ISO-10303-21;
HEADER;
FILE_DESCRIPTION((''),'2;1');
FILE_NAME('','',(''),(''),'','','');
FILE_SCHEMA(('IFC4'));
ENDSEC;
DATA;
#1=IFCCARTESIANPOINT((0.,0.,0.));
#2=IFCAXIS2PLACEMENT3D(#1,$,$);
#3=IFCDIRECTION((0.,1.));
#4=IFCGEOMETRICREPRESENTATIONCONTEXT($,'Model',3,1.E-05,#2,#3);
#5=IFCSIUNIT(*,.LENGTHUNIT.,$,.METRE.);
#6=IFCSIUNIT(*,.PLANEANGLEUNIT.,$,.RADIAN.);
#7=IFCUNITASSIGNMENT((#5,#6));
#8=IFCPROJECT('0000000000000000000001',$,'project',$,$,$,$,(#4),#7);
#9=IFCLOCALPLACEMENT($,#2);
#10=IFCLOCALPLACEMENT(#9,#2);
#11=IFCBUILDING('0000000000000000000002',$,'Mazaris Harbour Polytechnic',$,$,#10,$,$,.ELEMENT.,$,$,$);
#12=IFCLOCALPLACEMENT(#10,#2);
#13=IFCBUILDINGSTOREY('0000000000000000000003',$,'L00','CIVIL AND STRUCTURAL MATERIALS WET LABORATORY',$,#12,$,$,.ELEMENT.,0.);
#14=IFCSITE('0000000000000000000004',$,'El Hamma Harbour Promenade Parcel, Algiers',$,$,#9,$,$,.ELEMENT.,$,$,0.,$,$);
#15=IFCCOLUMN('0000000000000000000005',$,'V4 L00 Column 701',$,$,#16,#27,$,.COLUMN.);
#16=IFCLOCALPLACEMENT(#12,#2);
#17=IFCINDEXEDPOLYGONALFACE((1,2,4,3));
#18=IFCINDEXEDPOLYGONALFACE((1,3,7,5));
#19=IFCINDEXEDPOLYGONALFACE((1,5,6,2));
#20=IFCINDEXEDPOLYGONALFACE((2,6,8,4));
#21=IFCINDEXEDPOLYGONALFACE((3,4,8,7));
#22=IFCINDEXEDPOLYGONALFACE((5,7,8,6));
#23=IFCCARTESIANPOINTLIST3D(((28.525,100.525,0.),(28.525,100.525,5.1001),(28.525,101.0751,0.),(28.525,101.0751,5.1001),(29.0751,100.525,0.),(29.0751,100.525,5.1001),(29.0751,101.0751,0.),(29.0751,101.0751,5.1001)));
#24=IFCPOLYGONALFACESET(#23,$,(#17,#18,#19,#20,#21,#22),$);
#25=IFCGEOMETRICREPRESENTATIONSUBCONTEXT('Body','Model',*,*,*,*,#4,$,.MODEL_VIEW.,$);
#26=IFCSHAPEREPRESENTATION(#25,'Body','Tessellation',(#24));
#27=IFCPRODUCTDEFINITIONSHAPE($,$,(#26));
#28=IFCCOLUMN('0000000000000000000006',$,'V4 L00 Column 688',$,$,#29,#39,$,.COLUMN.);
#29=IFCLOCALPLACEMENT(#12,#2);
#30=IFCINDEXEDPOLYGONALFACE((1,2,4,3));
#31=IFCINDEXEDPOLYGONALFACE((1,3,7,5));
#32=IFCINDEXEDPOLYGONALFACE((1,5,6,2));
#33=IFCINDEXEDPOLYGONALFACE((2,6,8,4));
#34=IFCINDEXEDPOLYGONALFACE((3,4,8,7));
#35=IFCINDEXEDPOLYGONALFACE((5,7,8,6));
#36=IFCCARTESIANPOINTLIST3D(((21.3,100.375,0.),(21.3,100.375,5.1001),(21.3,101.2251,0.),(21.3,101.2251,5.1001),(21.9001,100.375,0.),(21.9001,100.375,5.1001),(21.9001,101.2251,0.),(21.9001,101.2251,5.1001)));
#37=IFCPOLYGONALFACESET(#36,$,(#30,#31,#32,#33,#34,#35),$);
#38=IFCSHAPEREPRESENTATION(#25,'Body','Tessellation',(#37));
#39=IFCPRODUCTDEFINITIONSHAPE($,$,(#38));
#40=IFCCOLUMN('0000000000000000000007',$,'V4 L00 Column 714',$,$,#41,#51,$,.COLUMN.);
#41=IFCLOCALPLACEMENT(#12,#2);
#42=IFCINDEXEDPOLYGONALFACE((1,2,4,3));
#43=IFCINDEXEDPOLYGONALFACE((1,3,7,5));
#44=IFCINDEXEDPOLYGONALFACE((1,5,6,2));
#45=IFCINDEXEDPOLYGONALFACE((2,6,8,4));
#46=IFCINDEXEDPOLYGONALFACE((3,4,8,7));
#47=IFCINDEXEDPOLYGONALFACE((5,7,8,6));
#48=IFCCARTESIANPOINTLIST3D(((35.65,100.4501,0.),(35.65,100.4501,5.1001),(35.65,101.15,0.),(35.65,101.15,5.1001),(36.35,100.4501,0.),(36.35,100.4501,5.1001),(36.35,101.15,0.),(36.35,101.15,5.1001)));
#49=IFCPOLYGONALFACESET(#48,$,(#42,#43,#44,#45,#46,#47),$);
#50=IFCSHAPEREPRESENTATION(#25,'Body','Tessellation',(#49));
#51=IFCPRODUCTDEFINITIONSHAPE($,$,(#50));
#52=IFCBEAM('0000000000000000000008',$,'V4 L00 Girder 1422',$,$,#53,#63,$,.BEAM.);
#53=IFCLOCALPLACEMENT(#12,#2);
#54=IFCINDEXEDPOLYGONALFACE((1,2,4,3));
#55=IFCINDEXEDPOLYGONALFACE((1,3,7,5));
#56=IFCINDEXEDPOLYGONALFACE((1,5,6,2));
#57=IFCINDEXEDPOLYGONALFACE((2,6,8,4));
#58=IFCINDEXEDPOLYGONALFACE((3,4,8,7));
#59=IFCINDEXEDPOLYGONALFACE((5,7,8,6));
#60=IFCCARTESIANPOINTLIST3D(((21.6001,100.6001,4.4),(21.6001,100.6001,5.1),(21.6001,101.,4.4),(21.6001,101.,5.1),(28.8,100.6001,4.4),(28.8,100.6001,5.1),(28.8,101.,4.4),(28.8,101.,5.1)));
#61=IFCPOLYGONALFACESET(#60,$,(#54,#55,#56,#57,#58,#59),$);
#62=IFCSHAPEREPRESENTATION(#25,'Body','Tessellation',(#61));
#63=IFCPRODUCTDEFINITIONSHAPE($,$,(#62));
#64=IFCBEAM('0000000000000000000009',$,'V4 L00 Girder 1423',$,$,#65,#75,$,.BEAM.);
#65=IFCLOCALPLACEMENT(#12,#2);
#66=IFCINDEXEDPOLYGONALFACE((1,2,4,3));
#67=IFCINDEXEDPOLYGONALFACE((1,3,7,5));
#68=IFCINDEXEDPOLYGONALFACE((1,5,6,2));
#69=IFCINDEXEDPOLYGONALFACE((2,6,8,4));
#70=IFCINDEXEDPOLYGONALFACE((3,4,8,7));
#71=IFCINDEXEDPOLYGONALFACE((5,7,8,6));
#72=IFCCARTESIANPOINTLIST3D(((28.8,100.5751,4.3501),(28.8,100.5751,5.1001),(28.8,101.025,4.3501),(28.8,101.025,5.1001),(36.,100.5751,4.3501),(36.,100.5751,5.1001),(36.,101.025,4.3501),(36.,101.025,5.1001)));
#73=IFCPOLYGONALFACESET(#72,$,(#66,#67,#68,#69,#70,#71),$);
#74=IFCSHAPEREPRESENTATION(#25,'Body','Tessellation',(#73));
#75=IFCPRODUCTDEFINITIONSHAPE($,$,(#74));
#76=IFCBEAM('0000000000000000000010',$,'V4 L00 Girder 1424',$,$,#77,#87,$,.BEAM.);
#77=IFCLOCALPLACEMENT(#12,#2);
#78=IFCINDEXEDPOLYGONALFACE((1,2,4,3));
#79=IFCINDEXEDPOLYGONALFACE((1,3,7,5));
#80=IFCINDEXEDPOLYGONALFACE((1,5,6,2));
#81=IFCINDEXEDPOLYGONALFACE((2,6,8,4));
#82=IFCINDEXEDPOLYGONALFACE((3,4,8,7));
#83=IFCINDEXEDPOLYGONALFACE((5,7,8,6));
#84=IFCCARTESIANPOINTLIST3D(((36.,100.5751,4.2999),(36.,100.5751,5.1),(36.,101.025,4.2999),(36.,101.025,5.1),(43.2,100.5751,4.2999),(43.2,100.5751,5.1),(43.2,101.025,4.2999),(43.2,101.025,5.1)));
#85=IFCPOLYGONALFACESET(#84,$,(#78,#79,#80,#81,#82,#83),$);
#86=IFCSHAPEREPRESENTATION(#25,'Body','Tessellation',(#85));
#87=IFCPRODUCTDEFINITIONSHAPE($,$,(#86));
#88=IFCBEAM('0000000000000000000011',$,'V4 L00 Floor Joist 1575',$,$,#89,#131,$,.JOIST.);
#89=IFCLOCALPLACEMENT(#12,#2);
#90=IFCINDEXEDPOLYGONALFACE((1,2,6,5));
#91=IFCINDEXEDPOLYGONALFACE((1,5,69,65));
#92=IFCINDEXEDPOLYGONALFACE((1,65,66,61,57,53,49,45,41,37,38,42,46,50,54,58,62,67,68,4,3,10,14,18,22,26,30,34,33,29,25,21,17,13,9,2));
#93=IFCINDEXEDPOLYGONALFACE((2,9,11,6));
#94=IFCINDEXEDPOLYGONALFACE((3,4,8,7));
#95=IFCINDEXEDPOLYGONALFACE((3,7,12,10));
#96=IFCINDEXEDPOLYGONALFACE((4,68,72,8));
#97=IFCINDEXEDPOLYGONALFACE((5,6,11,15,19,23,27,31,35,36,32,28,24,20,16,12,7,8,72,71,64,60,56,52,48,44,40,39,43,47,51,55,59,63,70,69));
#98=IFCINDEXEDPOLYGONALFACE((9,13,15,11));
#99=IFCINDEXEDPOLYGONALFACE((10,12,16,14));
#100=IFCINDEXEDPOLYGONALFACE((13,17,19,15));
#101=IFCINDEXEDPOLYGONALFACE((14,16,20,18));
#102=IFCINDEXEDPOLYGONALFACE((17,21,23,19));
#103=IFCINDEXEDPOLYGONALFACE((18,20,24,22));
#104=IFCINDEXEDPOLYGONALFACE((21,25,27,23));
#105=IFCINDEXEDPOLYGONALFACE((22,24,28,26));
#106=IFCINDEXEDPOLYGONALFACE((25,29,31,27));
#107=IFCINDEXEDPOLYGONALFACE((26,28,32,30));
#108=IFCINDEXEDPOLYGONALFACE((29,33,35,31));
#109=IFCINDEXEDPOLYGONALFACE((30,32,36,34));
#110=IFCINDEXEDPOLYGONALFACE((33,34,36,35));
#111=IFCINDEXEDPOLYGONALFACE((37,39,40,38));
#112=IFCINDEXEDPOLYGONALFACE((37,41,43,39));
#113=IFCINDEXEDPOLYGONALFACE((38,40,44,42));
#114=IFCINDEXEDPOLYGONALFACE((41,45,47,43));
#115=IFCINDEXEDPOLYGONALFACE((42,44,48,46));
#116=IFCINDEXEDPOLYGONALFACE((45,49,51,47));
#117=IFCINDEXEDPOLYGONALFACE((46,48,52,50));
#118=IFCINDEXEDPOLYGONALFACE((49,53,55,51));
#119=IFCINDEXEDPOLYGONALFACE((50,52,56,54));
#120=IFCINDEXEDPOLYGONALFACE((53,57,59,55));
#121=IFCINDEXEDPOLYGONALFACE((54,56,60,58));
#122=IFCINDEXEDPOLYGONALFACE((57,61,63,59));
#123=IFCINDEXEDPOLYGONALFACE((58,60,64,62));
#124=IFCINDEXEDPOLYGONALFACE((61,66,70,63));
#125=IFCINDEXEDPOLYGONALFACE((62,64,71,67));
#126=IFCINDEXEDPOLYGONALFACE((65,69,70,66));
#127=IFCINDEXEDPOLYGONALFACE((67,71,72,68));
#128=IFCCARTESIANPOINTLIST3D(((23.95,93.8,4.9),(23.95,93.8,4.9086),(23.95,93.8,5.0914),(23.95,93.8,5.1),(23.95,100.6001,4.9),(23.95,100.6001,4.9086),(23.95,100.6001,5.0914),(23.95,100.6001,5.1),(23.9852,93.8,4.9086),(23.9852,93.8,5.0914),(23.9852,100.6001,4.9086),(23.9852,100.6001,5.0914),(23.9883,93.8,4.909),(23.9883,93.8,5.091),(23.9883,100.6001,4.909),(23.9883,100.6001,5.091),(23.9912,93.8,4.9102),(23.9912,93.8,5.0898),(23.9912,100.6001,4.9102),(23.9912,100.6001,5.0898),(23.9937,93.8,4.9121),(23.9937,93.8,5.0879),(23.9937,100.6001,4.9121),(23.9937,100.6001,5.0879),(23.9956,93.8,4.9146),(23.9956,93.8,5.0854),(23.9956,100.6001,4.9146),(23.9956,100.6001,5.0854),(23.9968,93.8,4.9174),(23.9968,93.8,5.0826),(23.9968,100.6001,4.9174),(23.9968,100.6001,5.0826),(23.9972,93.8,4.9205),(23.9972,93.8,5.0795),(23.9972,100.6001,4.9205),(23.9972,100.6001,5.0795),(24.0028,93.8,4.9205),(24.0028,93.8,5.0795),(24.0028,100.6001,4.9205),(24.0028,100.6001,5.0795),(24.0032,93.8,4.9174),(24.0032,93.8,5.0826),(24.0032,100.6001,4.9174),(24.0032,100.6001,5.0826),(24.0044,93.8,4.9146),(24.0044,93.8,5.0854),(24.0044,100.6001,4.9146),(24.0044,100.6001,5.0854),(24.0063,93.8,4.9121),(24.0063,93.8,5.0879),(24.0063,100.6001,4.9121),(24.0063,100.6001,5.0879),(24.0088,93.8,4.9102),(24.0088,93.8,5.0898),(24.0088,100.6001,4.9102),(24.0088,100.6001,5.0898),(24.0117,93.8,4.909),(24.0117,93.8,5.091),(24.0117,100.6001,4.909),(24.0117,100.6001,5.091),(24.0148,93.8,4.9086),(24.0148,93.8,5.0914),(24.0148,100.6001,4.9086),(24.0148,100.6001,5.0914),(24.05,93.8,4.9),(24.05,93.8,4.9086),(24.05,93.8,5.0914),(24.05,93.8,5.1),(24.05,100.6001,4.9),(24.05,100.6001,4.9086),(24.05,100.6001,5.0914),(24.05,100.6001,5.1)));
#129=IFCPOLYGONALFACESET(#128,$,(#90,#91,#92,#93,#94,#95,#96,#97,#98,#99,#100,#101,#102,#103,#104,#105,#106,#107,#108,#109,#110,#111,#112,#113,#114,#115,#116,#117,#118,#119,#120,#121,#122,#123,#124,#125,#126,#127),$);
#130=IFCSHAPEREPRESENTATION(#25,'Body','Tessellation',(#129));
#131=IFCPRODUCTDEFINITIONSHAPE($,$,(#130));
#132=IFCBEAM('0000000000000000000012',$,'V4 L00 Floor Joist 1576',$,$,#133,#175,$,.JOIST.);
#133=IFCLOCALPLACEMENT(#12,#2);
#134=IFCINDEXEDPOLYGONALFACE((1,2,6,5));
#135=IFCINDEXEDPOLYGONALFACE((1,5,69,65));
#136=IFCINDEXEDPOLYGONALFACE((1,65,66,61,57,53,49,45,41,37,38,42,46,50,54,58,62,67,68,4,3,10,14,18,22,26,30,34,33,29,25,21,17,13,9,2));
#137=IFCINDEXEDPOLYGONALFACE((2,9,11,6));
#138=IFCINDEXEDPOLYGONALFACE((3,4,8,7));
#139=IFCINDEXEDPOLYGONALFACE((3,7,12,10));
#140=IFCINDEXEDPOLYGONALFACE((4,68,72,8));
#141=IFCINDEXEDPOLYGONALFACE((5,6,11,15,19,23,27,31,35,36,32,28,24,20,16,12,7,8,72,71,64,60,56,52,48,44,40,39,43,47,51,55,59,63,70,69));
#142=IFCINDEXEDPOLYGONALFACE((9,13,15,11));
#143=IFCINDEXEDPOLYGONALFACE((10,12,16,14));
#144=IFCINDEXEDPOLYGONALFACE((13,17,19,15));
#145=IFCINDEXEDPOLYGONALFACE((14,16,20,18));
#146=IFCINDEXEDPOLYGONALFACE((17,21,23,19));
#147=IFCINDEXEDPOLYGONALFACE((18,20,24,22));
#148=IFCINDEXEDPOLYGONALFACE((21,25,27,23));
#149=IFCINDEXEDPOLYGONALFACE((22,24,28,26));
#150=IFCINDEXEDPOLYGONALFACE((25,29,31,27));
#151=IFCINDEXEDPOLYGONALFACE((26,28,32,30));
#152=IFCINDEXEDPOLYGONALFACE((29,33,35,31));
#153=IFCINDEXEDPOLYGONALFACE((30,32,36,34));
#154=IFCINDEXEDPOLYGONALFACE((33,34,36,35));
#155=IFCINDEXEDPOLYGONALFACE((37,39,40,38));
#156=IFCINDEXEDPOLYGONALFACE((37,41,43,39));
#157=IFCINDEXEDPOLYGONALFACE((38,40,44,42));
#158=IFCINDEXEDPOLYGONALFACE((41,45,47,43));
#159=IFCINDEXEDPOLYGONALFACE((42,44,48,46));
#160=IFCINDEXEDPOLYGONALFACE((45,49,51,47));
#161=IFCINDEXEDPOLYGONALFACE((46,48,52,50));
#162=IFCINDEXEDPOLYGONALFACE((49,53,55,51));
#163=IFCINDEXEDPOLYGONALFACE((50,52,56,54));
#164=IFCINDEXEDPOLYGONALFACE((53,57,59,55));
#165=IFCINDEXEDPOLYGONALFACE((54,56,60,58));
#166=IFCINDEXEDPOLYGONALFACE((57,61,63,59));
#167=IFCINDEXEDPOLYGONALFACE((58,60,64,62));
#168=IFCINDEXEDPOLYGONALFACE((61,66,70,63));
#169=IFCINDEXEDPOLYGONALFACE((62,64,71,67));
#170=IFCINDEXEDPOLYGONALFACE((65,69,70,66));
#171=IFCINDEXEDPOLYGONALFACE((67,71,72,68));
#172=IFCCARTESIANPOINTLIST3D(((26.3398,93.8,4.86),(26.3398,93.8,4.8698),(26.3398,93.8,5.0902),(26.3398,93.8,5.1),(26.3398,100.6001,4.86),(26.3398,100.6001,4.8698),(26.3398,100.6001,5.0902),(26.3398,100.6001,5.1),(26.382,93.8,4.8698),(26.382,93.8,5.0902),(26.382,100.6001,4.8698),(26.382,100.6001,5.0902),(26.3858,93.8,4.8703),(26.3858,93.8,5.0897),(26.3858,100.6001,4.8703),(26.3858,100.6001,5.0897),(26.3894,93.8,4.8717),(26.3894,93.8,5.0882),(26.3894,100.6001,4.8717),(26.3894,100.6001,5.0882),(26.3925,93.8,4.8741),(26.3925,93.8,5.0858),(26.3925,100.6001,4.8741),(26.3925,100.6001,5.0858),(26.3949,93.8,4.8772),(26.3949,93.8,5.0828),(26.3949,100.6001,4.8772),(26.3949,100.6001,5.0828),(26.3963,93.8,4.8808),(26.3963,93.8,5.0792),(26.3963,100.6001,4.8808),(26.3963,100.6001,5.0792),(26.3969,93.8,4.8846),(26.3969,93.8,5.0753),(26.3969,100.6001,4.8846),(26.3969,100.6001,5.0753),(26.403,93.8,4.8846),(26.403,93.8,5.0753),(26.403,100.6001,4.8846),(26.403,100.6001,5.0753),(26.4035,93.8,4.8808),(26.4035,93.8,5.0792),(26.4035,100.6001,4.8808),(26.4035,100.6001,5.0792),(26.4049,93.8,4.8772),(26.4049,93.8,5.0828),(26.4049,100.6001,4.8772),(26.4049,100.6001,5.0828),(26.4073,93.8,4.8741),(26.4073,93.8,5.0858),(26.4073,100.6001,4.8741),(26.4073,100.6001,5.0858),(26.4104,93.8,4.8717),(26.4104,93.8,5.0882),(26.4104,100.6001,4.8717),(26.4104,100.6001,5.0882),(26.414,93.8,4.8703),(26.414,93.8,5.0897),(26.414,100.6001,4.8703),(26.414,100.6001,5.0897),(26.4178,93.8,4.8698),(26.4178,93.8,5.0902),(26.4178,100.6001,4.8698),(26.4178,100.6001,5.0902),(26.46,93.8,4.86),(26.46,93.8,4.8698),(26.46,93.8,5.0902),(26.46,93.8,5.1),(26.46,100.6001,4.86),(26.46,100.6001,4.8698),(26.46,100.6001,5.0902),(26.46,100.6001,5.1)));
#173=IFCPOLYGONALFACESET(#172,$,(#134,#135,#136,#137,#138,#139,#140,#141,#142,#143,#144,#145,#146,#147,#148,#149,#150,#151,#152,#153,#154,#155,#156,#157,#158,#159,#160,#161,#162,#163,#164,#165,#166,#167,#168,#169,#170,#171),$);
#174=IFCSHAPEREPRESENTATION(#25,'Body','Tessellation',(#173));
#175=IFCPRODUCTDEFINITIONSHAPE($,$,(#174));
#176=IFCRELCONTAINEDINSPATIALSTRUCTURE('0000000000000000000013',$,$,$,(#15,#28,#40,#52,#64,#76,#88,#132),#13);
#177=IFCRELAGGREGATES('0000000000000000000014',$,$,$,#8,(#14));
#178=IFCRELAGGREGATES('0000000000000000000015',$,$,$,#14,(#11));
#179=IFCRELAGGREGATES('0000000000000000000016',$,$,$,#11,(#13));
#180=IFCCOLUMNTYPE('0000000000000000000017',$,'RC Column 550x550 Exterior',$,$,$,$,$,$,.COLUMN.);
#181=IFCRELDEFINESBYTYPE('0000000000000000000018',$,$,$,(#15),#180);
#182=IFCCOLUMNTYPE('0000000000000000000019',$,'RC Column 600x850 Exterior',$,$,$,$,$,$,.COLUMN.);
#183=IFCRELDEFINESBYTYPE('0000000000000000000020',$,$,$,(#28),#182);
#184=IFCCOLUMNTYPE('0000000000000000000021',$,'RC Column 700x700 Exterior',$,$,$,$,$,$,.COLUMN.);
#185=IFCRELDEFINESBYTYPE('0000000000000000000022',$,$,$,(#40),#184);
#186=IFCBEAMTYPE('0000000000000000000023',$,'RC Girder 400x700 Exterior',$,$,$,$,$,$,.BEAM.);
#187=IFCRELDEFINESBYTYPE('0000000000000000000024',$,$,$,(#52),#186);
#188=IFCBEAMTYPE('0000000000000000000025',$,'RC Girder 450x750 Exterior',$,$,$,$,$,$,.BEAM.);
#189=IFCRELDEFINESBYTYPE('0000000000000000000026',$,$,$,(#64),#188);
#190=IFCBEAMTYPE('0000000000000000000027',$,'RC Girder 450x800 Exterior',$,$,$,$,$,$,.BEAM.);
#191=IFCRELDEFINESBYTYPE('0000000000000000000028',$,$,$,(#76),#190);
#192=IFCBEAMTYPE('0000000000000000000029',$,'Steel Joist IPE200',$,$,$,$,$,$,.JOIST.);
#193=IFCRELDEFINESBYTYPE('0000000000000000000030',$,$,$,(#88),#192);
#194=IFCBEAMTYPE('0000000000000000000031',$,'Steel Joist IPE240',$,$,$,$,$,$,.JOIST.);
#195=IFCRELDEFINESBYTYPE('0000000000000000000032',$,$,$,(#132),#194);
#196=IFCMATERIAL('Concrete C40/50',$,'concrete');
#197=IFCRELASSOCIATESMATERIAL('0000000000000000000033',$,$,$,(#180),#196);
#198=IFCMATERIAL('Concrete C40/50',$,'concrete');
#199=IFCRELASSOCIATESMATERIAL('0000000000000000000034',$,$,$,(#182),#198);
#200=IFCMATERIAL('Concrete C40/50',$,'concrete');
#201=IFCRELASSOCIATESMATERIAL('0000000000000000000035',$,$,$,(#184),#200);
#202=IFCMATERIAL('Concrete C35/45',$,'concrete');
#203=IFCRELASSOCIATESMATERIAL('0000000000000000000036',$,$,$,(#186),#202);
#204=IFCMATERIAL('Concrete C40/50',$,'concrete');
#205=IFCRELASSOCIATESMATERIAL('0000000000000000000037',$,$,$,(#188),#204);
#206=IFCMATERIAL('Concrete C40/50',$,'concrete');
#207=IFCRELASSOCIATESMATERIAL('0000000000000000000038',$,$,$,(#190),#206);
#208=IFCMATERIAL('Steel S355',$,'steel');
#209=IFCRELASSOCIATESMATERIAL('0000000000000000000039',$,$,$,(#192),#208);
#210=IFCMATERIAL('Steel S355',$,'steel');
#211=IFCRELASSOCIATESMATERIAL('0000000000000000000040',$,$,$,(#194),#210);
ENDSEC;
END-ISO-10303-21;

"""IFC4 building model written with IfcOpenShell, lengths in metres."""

from ifc_helpers import new_model, si_unit, direction, frame, origin, origin_2d, place, context, subcontext, project, spatial, rectangle, i_section, extrude, material, material_profile, profile_set, type_object, element, save


model = new_model("IFC4")

# Units and contexts
model_context = context("Model", 3, precision=1e-05, world=origin(), true_north=direction((0.0, 1.0)))
body_context = subcontext(model_context, "Body", "Model", "MODEL_VIEW")
ifc_project = project(units=[si_unit("LENGTHUNIT", "METRE"), si_unit("PLANEANGLEUNIT", "RADIAN")], contexts=[model_context])

# Site, building, storey
site_placement = place(None, origin())
site = spatial("IfcSite", under=ifc_project, at=site_placement, Name="El Hamma Harbour Promenade Parcel, Algiers", CompositionType="ELEMENT", RefElevation=0.0)
building_placement = place(site_placement, origin())
building = spatial("IfcBuilding", under=site, at=building_placement, Name="Mazaris Harbour Polytechnic", CompositionType="ELEMENT")
storey_placement = place(building_placement, origin())
storey = spatial("IfcBuildingStorey", under=building, at=storey_placement, Name="L00", Description="CIVIL AND STRUCTURAL MATERIALS WET LABORATORY", CompositionType="ELEMENT", Elevation=0.0)

# Columns
ifc_material_1 = material(Name="Concrete C40/50", Category="concrete")
ifc_material_profile_1 = material_profile(ifc_material_1, rectangle(XDim=0.55, YDim=0.55, at=origin_2d()), Name="RECT550x550")
ifc_profile_set_1 = profile_set([ifc_material_profile_1], Name="Concrete C40/50")
column_type_1 = type_object("IfcColumnType", Name="RC Column 550x550 Exterior", PredefinedType="COLUMN", material=ifc_profile_set_1)
column_1_placement = place(storey_placement, frame((28.8, 100.8, 0.0), z_axis=(0.0, 0.0, 1.0), x_axis=(1.0, 0.0, 0.0)))
element("IfcColumn", 1, at=column_1_placement, inside=storey, type_object=column_type_1, Name="V4 L00 Column 701", PredefinedType="COLUMN", context=body_context, shape_type="SweptSolid", body=[
    extrude(rectangle(XDim=0.55, YDim=0.55, at=origin_2d()), origin(), (0.0, 0.0, 1.0), 5.1001),
])
ifc_material_2 = material(Name="Concrete C40/50", Category="concrete")
ifc_material_profile_2 = material_profile(ifc_material_2, rectangle(XDim=0.6001, YDim=0.8501, at=origin_2d()), Name="RECT600x850")
ifc_profile_set_2 = profile_set([ifc_material_profile_2], Name="Concrete C40/50")
column_type_2 = type_object("IfcColumnType", Name="RC Column 600x850 Exterior", PredefinedType="COLUMN", material=ifc_profile_set_2)
column_2_placement = place(storey_placement, frame((21.6001, 100.8, 0.0), z_axis=(0.0, 0.0, 1.0), x_axis=(1.0, 0.0, 0.0)))
element("IfcColumn", 2, at=column_2_placement, inside=storey, type_object=column_type_2, Name="V4 L00 Column 688", PredefinedType="COLUMN", context=body_context, shape_type="SweptSolid", body=[
    extrude(rectangle(XDim=0.6001, YDim=0.8501, at=origin_2d()), origin(), (0.0, 0.0, 1.0), 5.1001),
])
ifc_material_3 = material(Name="Concrete C40/50", Category="concrete")
ifc_material_profile_3 = material_profile(ifc_material_3, rectangle(XDim=0.7, YDim=0.7, at=origin_2d()), Name="RECT700x700")
ifc_profile_set_3 = profile_set([ifc_material_profile_3], Name="Concrete C40/50")
column_type_3 = type_object("IfcColumnType", Name="RC Column 700x700 Exterior", PredefinedType="COLUMN", material=ifc_profile_set_3)
column_3_placement = place(storey_placement, frame((36.0, 100.8, 0.0), z_axis=(0.0, 0.0, 1.0), x_axis=(1.0, 0.0, 0.0)))
element("IfcColumn", 3, at=column_3_placement, inside=storey, type_object=column_type_3, Name="V4 L00 Column 714", PredefinedType="COLUMN", context=body_context, shape_type="SweptSolid", body=[
    extrude(rectangle(XDim=0.7, YDim=0.7, at=origin_2d()), origin(), (0.0, 0.0, 1.0), 5.1001),
])

# Beams
ifc_material_4 = material(Name="Concrete C35/45", Category="concrete")
ifc_material_profile_4 = material_profile(ifc_material_4, rectangle(XDim=0.3999, YDim=0.7, at=origin_2d()), Name="RECT400x700")
ifc_profile_set_4 = profile_set([ifc_material_profile_4], Name="Concrete C35/45")
beam_type_1 = type_object("IfcBeamType", Name="RC Girder 400x700 Exterior", PredefinedType="BEAM", material=ifc_profile_set_4)
beam_1_placement = place(storey_placement, frame((21.6001, 100.8, 4.75), z_axis=(1.0, 0.0, 0.0), x_axis=(0.0, 1.0, 0.0)))
element("IfcBeam", 4, at=beam_1_placement, inside=storey, type_object=beam_type_1, Name="V4 L00 Girder 1422", PredefinedType="BEAM", context=body_context, shape_type="SweptSolid", body=[
    extrude(rectangle(XDim=0.3999, YDim=0.7, at=origin_2d()), origin(), (0.0, 0.0, 1.0), 7.2),
])
ifc_material_5 = material(Name="Concrete C40/50", Category="concrete")
ifc_material_profile_5 = material_profile(ifc_material_5, rectangle(XDim=0.45, YDim=0.75, at=origin_2d()), Name="RECT450x750")
ifc_profile_set_5 = profile_set([ifc_material_profile_5], Name="Concrete C40/50")
beam_type_2 = type_object("IfcBeamType", Name="RC Girder 450x750 Exterior", PredefinedType="BEAM", material=ifc_profile_set_5)
beam_2_placement = place(storey_placement, frame((28.8, 100.8, 4.7251), z_axis=(1.0, 0.0, 0.0), x_axis=(0.0, 1.0, 0.0)))
element("IfcBeam", 5, at=beam_2_placement, inside=storey, type_object=beam_type_2, Name="V4 L00 Girder 1423", PredefinedType="BEAM", context=body_context, shape_type="SweptSolid", body=[
    extrude(rectangle(XDim=0.45, YDim=0.75, at=origin_2d()), origin(), (0.0, 0.0, 1.0), 7.2),
])
ifc_material_6 = material(Name="Concrete C40/50", Category="concrete")
ifc_material_profile_6 = material_profile(ifc_material_6, rectangle(XDim=0.45, YDim=0.8, at=origin_2d()), Name="RECT450x800")
ifc_profile_set_6 = profile_set([ifc_material_profile_6], Name="Concrete C40/50")
beam_type_3 = type_object("IfcBeamType", Name="RC Girder 450x800 Exterior", PredefinedType="BEAM", material=ifc_profile_set_6)
beam_3_placement = place(storey_placement, frame((36.0, 100.8, 4.7), z_axis=(1.0, 0.0, 0.0), x_axis=(0.0, 1.0, 0.0)))
element("IfcBeam", 6, at=beam_3_placement, inside=storey, type_object=beam_type_3, Name="V4 L00 Girder 1424", PredefinedType="BEAM", context=body_context, shape_type="SweptSolid", body=[
    extrude(rectangle(XDim=0.45, YDim=0.8, at=origin_2d()), origin(), (0.0, 0.0, 1.0), 7.2),
])
ifc_material_7 = material(Name="Steel S355", Category="steel")
ifc_material_profile_7 = material_profile(ifc_material_7, i_section(OverallWidth=0.1001, OverallDepth=0.2, WebThickness=0.0056, FlangeThickness=0.0085, FilletRadius=0.012, at=origin_2d()), Name="IPE 200")
ifc_profile_set_7 = profile_set([ifc_material_profile_7], Name="Steel S355")
beam_type_4 = type_object("IfcBeamType", Name="Steel Joist IPE200", PredefinedType="JOIST", material=ifc_profile_set_7)
beam_4_placement = place(storey_placement, frame((24.0, 93.8, 5.0), z_axis=(0.0, 1.0, 0.0), x_axis=(-1.0, 0.0, 0.0)))
element("IfcBeam", 7, at=beam_4_placement, inside=storey, type_object=beam_type_4, Name="V4 L00 Floor Joist 1575", PredefinedType="JOIST", context=body_context, shape_type="SweptSolid", body=[
    extrude(i_section(OverallWidth=0.1001, OverallDepth=0.2, WebThickness=0.0056, FlangeThickness=0.0085, FilletRadius=0.012, at=origin_2d()), origin(), (0.0, 0.0, 1.0), 6.8),
])
ifc_material_8 = material(Name="Steel S355", Category="steel")
ifc_material_profile_8 = material_profile(ifc_material_8, i_section(OverallWidth=0.1201, OverallDepth=0.24, WebThickness=0.0061, FlangeThickness=0.0098, FilletRadius=0.0149, at=origin_2d()), Name="IPE 240")
ifc_profile_set_8 = profile_set([ifc_material_profile_8], Name="Steel S355")
beam_type_5 = type_object("IfcBeamType", Name="Steel Joist IPE240", PredefinedType="JOIST", material=ifc_profile_set_8)
beam_5_placement = place(storey_placement, frame((26.3999, 93.8, 4.98), z_axis=(0.0, 1.0, 0.0), x_axis=(-1.0, 0.0, 0.0)))
element("IfcBeam", 8, at=beam_5_placement, inside=storey, type_object=beam_type_5, Name="V4 L00 Floor Joist 1576", PredefinedType="JOIST", context=body_context, shape_type="SweptSolid", body=[
    extrude(i_section(OverallWidth=0.1201, OverallDepth=0.24, WebThickness=0.0061, FlangeThickness=0.0098, FilletRadius=0.0149, at=origin_2d()), origin(), (0.0, 0.0, 1.0), 6.8),
])

save(model, "model.ifc")
